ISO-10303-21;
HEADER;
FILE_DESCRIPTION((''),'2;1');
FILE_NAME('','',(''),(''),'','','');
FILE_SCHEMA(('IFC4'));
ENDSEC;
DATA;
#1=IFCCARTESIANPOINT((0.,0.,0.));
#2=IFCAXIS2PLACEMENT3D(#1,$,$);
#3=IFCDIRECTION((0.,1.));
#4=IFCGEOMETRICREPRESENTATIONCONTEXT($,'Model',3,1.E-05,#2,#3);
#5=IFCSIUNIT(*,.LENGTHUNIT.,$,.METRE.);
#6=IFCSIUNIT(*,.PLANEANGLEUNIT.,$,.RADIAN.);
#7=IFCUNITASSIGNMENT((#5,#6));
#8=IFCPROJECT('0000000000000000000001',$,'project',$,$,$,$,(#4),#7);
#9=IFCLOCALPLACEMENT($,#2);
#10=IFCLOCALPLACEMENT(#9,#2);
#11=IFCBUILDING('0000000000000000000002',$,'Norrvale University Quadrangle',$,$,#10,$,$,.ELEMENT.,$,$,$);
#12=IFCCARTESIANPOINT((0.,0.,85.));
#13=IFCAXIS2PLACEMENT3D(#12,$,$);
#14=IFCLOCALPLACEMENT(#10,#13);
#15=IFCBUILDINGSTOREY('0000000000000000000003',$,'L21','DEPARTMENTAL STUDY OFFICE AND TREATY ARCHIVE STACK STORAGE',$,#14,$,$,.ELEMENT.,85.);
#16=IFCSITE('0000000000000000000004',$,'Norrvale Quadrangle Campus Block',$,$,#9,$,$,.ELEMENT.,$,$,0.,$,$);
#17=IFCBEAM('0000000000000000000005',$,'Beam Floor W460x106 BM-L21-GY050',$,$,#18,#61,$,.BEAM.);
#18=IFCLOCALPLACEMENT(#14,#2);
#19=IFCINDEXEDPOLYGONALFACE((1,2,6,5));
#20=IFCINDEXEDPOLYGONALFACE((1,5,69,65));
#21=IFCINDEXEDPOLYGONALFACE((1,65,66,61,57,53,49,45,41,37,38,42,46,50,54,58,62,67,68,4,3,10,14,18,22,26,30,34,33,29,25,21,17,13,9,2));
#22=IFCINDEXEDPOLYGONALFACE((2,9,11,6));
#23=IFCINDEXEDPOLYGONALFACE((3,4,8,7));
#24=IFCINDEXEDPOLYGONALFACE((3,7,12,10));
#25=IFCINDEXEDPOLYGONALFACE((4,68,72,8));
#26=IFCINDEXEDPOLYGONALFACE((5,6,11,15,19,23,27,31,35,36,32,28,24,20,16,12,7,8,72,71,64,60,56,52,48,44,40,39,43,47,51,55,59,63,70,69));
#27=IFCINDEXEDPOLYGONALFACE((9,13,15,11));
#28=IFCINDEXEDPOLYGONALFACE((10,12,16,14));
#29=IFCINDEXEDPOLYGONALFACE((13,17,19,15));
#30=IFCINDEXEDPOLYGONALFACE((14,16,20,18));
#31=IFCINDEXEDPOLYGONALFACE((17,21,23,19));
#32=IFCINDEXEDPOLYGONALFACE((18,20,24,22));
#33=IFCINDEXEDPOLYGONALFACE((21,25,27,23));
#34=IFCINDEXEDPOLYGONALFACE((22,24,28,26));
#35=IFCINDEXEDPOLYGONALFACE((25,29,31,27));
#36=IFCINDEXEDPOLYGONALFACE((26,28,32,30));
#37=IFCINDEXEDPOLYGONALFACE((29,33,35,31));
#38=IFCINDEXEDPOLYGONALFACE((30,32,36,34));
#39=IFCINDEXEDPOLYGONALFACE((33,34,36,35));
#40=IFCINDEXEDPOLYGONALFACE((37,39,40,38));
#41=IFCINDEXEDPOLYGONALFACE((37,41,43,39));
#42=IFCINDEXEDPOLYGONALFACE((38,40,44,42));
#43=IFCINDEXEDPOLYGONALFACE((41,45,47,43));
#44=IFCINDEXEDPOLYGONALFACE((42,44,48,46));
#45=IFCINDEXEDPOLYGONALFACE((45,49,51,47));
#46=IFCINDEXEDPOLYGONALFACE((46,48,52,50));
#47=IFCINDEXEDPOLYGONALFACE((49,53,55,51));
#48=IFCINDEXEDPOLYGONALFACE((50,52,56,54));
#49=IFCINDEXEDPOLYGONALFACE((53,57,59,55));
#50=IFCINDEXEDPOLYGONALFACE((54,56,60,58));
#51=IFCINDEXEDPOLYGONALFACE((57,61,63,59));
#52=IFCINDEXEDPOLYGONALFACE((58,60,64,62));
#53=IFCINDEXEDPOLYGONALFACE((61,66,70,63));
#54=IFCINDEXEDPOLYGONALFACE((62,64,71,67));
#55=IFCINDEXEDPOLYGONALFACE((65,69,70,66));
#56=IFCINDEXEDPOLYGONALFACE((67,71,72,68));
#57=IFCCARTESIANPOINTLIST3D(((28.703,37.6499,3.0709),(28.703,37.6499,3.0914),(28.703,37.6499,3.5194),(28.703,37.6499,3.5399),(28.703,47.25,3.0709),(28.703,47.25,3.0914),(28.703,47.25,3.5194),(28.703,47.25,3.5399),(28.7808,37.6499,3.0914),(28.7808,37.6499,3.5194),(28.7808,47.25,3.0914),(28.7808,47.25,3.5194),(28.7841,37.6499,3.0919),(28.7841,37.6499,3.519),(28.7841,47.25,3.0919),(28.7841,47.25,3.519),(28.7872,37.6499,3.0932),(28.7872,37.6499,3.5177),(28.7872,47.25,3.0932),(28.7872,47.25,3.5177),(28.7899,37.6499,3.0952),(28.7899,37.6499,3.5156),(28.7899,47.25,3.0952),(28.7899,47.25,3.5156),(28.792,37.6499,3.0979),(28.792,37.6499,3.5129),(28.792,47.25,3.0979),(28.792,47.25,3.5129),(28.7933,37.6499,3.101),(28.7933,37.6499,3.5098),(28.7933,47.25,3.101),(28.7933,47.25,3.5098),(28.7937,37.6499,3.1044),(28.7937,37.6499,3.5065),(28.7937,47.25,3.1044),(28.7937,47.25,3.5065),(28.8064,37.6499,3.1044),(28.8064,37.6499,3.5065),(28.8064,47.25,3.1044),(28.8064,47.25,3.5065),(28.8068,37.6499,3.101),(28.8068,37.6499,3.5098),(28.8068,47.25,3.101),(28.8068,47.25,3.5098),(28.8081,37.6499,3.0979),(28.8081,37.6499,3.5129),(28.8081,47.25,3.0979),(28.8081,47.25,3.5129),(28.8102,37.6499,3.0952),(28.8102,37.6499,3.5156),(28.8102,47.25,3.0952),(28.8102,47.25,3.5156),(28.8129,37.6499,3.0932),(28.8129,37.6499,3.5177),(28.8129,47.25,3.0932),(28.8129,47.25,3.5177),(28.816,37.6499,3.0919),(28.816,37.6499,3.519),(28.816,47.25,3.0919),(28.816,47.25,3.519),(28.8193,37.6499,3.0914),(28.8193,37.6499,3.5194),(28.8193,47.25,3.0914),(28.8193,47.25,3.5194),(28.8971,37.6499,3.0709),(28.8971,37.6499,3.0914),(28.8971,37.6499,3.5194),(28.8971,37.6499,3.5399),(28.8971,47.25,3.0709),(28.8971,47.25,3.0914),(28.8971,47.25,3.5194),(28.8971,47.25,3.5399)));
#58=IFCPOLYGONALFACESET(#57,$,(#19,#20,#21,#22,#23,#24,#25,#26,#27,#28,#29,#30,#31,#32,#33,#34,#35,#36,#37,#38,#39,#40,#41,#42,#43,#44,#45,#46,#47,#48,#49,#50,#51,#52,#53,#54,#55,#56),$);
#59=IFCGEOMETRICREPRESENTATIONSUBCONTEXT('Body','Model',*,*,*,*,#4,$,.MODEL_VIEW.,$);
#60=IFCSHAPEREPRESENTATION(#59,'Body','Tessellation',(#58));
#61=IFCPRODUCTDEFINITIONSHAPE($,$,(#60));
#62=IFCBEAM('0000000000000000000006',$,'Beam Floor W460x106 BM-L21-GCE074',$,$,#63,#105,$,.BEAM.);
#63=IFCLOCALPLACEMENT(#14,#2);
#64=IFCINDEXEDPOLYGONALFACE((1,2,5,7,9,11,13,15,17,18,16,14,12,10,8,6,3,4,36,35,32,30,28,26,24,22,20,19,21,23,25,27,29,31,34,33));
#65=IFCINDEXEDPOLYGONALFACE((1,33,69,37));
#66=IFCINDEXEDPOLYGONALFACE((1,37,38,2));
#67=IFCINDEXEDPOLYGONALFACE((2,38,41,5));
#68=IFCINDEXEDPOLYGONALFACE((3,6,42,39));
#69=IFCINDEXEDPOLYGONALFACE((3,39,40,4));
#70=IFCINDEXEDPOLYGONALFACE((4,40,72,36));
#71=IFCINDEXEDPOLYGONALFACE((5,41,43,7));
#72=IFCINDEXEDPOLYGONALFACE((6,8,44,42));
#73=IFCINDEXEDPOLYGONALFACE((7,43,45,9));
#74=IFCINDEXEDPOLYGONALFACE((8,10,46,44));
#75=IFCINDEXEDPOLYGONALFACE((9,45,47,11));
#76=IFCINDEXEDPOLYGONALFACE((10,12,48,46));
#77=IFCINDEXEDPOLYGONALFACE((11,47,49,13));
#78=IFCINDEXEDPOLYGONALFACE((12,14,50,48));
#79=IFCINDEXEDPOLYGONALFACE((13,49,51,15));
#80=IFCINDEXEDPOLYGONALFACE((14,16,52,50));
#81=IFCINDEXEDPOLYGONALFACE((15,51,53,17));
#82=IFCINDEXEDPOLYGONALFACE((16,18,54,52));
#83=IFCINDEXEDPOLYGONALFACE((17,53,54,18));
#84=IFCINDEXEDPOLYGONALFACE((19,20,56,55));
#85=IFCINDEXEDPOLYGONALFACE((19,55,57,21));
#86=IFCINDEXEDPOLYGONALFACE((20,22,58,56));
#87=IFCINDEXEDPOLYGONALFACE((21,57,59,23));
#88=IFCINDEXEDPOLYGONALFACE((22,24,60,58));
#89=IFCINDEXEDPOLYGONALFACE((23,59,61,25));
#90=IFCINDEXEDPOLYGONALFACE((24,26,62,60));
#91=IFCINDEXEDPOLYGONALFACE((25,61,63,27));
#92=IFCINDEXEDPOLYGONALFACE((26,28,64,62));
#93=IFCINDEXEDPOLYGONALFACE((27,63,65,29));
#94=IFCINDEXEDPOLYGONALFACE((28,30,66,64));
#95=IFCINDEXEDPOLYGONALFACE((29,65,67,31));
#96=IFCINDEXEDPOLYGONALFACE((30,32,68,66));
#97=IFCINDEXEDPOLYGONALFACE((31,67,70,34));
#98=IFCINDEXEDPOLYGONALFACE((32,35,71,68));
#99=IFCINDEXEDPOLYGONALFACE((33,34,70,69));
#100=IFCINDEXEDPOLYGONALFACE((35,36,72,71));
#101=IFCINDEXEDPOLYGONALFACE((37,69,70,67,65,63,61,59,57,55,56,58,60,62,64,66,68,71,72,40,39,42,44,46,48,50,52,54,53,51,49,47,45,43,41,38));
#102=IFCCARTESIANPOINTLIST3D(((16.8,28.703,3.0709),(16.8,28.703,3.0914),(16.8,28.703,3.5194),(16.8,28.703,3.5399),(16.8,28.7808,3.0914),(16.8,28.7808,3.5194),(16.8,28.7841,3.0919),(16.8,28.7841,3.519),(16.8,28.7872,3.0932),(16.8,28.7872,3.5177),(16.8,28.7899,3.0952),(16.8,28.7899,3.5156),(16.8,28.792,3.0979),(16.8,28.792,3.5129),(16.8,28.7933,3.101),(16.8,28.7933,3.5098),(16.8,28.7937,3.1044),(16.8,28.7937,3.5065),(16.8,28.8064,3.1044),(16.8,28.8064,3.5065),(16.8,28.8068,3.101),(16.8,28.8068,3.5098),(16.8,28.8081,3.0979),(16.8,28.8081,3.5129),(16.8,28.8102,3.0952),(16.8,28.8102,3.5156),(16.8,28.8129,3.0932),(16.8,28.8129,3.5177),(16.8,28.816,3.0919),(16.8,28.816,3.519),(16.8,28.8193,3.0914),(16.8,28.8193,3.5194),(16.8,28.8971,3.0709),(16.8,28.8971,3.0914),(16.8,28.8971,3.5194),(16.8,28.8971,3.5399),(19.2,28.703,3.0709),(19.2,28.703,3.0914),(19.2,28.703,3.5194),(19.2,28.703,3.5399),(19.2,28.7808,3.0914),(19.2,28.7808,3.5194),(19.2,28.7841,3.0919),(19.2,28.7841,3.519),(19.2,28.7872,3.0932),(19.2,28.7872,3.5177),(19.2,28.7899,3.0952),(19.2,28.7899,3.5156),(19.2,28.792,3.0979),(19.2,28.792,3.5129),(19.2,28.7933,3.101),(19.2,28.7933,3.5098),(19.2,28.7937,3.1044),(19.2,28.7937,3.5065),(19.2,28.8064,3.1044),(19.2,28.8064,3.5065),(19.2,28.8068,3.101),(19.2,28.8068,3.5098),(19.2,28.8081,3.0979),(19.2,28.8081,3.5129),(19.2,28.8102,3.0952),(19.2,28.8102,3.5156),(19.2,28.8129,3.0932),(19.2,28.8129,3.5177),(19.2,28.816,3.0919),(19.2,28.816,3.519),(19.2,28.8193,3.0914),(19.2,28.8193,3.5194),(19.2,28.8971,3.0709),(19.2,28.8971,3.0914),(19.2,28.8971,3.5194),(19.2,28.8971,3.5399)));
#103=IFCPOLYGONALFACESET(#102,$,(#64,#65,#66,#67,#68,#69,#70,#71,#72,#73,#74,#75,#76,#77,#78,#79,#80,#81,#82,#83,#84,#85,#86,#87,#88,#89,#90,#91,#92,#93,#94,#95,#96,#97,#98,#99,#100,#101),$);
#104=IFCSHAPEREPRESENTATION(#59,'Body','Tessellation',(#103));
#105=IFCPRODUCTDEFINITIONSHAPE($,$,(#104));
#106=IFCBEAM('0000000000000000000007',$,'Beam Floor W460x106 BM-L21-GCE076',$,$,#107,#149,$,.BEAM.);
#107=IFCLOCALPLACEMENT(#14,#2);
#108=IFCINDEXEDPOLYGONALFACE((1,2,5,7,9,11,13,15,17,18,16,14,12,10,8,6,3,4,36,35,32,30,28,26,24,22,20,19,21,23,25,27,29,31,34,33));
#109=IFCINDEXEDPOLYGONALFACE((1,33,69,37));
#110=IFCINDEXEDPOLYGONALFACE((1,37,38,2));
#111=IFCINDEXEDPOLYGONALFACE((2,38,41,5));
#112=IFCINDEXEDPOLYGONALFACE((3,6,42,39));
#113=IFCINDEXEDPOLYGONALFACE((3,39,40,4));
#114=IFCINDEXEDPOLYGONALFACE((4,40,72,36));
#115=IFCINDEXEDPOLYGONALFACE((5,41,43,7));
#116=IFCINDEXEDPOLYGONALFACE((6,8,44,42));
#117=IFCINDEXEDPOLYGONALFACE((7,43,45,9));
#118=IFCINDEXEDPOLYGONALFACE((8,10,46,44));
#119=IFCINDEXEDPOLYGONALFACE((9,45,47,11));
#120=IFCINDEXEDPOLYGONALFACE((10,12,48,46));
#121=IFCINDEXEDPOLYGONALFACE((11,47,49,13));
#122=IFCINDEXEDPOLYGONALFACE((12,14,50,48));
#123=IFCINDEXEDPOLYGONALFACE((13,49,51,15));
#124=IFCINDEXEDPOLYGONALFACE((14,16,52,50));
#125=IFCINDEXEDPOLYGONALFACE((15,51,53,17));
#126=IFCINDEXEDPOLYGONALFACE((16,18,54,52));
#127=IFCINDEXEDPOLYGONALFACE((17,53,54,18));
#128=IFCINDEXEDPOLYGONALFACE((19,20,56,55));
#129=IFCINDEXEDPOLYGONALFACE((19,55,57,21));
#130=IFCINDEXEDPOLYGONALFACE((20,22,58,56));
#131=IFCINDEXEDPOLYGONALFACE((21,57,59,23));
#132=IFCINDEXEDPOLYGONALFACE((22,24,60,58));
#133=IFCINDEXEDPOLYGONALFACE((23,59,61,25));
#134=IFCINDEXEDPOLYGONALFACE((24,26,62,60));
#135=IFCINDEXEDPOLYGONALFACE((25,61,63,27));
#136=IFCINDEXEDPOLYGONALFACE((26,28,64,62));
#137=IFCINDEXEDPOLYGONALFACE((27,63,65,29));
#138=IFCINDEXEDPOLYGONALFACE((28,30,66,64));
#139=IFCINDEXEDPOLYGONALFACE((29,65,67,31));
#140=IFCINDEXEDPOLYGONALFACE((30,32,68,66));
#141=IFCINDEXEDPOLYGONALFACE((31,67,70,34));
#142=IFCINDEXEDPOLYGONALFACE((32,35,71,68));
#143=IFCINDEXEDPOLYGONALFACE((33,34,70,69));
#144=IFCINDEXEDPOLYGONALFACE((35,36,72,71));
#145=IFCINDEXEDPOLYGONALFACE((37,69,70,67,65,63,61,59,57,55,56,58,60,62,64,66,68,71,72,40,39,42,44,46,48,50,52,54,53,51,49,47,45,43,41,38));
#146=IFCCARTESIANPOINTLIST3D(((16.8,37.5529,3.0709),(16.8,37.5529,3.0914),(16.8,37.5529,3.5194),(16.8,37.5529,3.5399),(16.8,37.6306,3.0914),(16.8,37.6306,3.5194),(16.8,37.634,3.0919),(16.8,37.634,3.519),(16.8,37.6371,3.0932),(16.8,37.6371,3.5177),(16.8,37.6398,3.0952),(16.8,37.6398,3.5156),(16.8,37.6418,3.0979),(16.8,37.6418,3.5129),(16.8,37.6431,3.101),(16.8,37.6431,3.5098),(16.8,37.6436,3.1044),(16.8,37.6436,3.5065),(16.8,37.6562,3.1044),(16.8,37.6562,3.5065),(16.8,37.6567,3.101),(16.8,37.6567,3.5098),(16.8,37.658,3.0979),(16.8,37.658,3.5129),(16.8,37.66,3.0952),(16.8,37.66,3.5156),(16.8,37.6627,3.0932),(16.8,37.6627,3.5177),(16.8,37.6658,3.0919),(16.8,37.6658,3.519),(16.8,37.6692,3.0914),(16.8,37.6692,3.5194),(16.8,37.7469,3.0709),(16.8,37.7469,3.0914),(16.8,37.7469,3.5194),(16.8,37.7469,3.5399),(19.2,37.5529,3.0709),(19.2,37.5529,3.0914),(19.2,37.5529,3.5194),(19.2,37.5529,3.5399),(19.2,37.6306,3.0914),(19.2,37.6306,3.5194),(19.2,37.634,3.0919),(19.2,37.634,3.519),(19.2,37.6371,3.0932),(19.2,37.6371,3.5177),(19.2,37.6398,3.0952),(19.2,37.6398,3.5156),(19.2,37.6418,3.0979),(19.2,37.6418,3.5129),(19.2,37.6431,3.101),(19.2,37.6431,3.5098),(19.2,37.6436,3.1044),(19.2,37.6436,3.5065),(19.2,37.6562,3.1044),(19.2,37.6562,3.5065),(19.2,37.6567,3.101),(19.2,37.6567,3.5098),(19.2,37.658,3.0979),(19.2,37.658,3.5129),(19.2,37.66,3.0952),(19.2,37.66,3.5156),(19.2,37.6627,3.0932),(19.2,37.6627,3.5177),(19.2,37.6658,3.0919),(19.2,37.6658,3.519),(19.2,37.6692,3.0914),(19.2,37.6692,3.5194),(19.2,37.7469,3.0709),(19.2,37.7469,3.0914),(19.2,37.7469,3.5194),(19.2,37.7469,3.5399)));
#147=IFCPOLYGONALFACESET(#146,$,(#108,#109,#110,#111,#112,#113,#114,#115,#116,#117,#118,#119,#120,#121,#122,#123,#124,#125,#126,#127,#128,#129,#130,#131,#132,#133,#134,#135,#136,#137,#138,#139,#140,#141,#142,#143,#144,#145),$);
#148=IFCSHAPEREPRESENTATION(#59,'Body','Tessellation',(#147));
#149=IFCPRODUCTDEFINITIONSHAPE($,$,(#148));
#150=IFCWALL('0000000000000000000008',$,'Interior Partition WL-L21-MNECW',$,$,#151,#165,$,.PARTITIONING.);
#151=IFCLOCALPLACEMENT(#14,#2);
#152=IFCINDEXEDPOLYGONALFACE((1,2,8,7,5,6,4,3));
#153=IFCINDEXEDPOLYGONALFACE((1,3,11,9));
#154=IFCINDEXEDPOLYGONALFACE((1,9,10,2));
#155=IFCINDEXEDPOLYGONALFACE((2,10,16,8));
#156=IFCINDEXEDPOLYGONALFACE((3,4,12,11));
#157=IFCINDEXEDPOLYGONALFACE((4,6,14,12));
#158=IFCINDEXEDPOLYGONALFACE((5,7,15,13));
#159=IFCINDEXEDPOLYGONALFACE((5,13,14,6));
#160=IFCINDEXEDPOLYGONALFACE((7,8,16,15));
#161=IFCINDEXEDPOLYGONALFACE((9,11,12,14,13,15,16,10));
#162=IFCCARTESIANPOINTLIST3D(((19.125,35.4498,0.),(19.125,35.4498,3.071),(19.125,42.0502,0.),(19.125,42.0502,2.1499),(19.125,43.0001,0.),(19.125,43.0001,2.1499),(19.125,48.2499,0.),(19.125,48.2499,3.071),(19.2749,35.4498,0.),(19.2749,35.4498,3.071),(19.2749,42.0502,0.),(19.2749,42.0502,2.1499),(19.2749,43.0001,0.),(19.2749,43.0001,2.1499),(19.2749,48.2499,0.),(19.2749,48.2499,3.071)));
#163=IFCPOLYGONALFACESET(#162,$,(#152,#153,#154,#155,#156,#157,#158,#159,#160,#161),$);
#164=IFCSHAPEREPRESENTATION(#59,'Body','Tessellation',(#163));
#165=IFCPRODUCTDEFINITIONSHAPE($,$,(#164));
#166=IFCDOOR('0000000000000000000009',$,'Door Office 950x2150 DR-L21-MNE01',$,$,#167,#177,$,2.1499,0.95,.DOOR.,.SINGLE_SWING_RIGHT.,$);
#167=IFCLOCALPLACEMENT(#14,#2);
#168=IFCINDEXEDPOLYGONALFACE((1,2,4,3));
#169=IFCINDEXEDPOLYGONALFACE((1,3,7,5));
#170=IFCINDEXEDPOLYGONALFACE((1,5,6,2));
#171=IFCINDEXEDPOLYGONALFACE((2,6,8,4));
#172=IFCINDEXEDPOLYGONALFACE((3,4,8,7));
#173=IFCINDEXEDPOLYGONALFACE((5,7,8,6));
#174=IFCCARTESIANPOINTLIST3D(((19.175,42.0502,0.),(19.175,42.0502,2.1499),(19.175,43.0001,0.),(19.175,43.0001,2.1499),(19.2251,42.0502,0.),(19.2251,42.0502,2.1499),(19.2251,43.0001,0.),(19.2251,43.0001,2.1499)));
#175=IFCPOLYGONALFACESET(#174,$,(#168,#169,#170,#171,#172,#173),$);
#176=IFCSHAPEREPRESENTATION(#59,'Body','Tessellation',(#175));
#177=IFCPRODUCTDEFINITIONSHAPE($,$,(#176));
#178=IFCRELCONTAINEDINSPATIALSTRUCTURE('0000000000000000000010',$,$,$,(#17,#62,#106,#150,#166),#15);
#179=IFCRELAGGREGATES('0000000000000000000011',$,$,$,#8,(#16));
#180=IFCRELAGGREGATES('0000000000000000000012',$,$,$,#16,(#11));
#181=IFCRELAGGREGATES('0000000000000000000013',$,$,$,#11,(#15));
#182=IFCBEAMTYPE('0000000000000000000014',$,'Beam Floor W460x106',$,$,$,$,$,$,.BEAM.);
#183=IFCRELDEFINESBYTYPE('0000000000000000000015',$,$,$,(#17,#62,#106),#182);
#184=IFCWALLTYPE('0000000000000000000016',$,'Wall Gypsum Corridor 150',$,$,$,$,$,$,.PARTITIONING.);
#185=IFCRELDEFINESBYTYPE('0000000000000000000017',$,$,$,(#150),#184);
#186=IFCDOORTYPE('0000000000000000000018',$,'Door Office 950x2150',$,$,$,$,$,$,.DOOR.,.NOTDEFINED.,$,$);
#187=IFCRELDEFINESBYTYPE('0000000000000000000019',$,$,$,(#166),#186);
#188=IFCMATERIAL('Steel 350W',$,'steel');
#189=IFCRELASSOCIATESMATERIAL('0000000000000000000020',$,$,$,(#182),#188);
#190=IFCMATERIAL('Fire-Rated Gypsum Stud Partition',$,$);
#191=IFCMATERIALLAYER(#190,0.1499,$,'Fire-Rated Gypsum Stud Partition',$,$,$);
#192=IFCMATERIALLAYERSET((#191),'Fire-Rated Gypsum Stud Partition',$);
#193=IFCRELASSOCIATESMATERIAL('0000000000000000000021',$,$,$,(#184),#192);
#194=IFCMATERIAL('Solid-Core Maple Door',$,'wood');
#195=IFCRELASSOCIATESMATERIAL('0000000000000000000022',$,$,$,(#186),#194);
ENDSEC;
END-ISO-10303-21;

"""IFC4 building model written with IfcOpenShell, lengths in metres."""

from ifc_helpers import new_model, si_unit, direction, frame, frame_2d, origin, origin_2d, place, context, subcontext, project, spatial, rectangle, i_section, extrude, material, layer, layer_set, material_profile, profile_set, type_object, element, fill, save


model = new_model("IFC4")

# Units and contexts
model_context = context("Model", 3, precision=1e-05, world=origin(), true_north=direction((0.0, 1.0)))
body_context = subcontext(model_context, "Body", "Model", "MODEL_VIEW")
ifc_project = project(units=[si_unit("LENGTHUNIT", "METRE"), si_unit("PLANEANGLEUNIT", "RADIAN")], contexts=[model_context])

# Site, building, storey
site_placement = place(None, origin())
site = spatial("IfcSite", under=ifc_project, at=site_placement, Name="Norrvale Quadrangle Campus Block", CompositionType="ELEMENT", RefElevation=0.0)
building_placement = place(site_placement, origin())
building = spatial("IfcBuilding", under=site, at=building_placement, Name="Norrvale University Quadrangle", CompositionType="ELEMENT")
storey_placement = place(building_placement, frame((0.0, 0.0, 85.0)))
storey = spatial("IfcBuildingStorey", under=building, at=storey_placement, Name="L21", Description="DEPARTMENTAL STUDY OFFICE AND TREATY ARCHIVE STACK STORAGE", CompositionType="ELEMENT", Elevation=85.0)

# Beams
ifc_material_1 = material(Name="Steel 350W", Category="steel")
ifc_material_profile_1 = material_profile(ifc_material_1, i_section(OverallWidth=0.1941, OverallDepth=0.469, WebThickness=0.0127, FlangeThickness=0.0205, FilletRadius=0.0129, at=origin_2d()), Name="Steel 350W")
ifc_profile_set_1 = profile_set([ifc_material_profile_1], Name="Steel 350W")
beam_type_1 = type_object("IfcBeamType", Name="Beam Floor W460x106", PredefinedType="BEAM", material=ifc_profile_set_1)
beam_1_placement = place(storey_placement, frame((28.8, 37.6499, 3.3054), z_axis=(0.0, 1.0, 0.0), x_axis=(-1.0, 0.0, 0.0)))
element("IfcBeam", 1, at=beam_1_placement, inside=storey, type_object=beam_type_1, Name="Beam Floor W460x106 BM-L21-GY050", PredefinedType="BEAM", context=body_context, shape_type="SweptSolid", body=[
    extrude(i_section(OverallWidth=0.1941, OverallDepth=0.469, WebThickness=0.0127, FlangeThickness=0.0205, FilletRadius=0.0129, at=origin_2d()), origin(), (0.0, 0.0, 1.0), 9.6001),
])
for number, where, z_axis, x_axis, name in (
    (2, (16.8, 28.8, 3.3054), (1.0, 0.0, 0.0), (0.0, 1.0, 0.0), "Beam Floor W460x106 BM-L21-GCE074"),
    (3, (16.8, 37.6499, 3.3054), (1.0, 0.0, 0.0), (0.0, 1.0, 0.0), "Beam Floor W460x106 BM-L21-GCE076"),
):
    element("IfcBeam", number, at=place(storey_placement, frame(where, z_axis=z_axis, x_axis=x_axis)), inside=storey, type_object=beam_type_1, Name=name, PredefinedType="BEAM", context=body_context, shape_type="SweptSolid", body=[
        extrude(i_section(OverallWidth=0.1941, OverallDepth=0.469, WebThickness=0.0127, FlangeThickness=0.0205, FilletRadius=0.0129, at=origin_2d()), origin(), (0.0, 0.0, 1.0), 2.3999),
    ])

# Wall, opening, door
ifc_material_2 = material(Name="Fire-Rated Gypsum Stud Partition")
ifc_layer_1 = layer(ifc_material_2, 0.1499, Name="Fire-Rated Gypsum Stud Partition")
ifc_layer_set_1 = layer_set([ifc_layer_1], Name="Fire-Rated Gypsum Stud Partition")
wall_type_1 = type_object("IfcWallType", Name="Wall Gypsum Corridor 150", PredefinedType="PARTITIONING", material=ifc_layer_set_1)
wall_1_placement = place(storey_placement, frame((19.2, 35.45, 0.0), z_axis=(0.0, 0.0, 1.0), x_axis=(0.0, 1.0, 0.0)))
wall_1 = element("IfcWall", 4, at=wall_1_placement, inside=storey, type_object=wall_type_1, Name="Interior Partition WL-L21-MNECW", PredefinedType="PARTITIONING", context=body_context, shape_type="SweptSolid", body=[
    extrude(rectangle(XDim=12.8, YDim=0.1499, at=frame_2d((6.3999, 0.0))), origin(), (0.0, 0.0, 1.0), 3.071),
])
opening_1_placement = place(wall_1_placement, frame((6.6001, 0.0, 0.0)))
opening_1 = element("IfcOpeningElement", 5, at=opening_1_placement, cuts=wall_1, PredefinedType="OPENING", context=body_context, shape_type="SweptSolid", body=[
    extrude(rectangle(XDim=0.95, YDim=2.1499, at=frame_2d((0.4751, 1.075))), frame((0.0, 0.0869, 0.0), z_axis=(0.0, -1.0, 0.0), x_axis=(1.0, 0.0, 0.0)), (0.0, 0.0, 1.0), 0.1738),
])
ifc_material_3 = material(Name="Solid-Core Maple Door", Category="wood")
door_type_1 = type_object("IfcDoorType", Name="Door Office 950x2150", OperationType="NOTDEFINED", PredefinedType="DOOR", material=ifc_material_3)
door_1_placement = place(opening_1_placement, origin())
door_1 = element("IfcDoor", 6, at=door_1_placement, inside=storey, type_object=door_type_1, Name="Door Office 950x2150 DR-L21-MNE01", OperationType="SINGLE_SWING_RIGHT", OverallHeight=2.1499, OverallWidth=0.95, PredefinedType="DOOR", context=body_context, shape_type="SweptSolid", body=[
    extrude(rectangle(XDim=0.95, YDim=2.1499, at=frame_2d((0.4751, 1.075))), frame((0.0, 0.0249, 0.0), z_axis=(0.0, -1.0, 0.0), x_axis=(1.0, 0.0, 0.0)), (0.0, 0.0, 1.0), 0.05),
])
fill(opening_1, door_1)

save(model, "model.ifc")
